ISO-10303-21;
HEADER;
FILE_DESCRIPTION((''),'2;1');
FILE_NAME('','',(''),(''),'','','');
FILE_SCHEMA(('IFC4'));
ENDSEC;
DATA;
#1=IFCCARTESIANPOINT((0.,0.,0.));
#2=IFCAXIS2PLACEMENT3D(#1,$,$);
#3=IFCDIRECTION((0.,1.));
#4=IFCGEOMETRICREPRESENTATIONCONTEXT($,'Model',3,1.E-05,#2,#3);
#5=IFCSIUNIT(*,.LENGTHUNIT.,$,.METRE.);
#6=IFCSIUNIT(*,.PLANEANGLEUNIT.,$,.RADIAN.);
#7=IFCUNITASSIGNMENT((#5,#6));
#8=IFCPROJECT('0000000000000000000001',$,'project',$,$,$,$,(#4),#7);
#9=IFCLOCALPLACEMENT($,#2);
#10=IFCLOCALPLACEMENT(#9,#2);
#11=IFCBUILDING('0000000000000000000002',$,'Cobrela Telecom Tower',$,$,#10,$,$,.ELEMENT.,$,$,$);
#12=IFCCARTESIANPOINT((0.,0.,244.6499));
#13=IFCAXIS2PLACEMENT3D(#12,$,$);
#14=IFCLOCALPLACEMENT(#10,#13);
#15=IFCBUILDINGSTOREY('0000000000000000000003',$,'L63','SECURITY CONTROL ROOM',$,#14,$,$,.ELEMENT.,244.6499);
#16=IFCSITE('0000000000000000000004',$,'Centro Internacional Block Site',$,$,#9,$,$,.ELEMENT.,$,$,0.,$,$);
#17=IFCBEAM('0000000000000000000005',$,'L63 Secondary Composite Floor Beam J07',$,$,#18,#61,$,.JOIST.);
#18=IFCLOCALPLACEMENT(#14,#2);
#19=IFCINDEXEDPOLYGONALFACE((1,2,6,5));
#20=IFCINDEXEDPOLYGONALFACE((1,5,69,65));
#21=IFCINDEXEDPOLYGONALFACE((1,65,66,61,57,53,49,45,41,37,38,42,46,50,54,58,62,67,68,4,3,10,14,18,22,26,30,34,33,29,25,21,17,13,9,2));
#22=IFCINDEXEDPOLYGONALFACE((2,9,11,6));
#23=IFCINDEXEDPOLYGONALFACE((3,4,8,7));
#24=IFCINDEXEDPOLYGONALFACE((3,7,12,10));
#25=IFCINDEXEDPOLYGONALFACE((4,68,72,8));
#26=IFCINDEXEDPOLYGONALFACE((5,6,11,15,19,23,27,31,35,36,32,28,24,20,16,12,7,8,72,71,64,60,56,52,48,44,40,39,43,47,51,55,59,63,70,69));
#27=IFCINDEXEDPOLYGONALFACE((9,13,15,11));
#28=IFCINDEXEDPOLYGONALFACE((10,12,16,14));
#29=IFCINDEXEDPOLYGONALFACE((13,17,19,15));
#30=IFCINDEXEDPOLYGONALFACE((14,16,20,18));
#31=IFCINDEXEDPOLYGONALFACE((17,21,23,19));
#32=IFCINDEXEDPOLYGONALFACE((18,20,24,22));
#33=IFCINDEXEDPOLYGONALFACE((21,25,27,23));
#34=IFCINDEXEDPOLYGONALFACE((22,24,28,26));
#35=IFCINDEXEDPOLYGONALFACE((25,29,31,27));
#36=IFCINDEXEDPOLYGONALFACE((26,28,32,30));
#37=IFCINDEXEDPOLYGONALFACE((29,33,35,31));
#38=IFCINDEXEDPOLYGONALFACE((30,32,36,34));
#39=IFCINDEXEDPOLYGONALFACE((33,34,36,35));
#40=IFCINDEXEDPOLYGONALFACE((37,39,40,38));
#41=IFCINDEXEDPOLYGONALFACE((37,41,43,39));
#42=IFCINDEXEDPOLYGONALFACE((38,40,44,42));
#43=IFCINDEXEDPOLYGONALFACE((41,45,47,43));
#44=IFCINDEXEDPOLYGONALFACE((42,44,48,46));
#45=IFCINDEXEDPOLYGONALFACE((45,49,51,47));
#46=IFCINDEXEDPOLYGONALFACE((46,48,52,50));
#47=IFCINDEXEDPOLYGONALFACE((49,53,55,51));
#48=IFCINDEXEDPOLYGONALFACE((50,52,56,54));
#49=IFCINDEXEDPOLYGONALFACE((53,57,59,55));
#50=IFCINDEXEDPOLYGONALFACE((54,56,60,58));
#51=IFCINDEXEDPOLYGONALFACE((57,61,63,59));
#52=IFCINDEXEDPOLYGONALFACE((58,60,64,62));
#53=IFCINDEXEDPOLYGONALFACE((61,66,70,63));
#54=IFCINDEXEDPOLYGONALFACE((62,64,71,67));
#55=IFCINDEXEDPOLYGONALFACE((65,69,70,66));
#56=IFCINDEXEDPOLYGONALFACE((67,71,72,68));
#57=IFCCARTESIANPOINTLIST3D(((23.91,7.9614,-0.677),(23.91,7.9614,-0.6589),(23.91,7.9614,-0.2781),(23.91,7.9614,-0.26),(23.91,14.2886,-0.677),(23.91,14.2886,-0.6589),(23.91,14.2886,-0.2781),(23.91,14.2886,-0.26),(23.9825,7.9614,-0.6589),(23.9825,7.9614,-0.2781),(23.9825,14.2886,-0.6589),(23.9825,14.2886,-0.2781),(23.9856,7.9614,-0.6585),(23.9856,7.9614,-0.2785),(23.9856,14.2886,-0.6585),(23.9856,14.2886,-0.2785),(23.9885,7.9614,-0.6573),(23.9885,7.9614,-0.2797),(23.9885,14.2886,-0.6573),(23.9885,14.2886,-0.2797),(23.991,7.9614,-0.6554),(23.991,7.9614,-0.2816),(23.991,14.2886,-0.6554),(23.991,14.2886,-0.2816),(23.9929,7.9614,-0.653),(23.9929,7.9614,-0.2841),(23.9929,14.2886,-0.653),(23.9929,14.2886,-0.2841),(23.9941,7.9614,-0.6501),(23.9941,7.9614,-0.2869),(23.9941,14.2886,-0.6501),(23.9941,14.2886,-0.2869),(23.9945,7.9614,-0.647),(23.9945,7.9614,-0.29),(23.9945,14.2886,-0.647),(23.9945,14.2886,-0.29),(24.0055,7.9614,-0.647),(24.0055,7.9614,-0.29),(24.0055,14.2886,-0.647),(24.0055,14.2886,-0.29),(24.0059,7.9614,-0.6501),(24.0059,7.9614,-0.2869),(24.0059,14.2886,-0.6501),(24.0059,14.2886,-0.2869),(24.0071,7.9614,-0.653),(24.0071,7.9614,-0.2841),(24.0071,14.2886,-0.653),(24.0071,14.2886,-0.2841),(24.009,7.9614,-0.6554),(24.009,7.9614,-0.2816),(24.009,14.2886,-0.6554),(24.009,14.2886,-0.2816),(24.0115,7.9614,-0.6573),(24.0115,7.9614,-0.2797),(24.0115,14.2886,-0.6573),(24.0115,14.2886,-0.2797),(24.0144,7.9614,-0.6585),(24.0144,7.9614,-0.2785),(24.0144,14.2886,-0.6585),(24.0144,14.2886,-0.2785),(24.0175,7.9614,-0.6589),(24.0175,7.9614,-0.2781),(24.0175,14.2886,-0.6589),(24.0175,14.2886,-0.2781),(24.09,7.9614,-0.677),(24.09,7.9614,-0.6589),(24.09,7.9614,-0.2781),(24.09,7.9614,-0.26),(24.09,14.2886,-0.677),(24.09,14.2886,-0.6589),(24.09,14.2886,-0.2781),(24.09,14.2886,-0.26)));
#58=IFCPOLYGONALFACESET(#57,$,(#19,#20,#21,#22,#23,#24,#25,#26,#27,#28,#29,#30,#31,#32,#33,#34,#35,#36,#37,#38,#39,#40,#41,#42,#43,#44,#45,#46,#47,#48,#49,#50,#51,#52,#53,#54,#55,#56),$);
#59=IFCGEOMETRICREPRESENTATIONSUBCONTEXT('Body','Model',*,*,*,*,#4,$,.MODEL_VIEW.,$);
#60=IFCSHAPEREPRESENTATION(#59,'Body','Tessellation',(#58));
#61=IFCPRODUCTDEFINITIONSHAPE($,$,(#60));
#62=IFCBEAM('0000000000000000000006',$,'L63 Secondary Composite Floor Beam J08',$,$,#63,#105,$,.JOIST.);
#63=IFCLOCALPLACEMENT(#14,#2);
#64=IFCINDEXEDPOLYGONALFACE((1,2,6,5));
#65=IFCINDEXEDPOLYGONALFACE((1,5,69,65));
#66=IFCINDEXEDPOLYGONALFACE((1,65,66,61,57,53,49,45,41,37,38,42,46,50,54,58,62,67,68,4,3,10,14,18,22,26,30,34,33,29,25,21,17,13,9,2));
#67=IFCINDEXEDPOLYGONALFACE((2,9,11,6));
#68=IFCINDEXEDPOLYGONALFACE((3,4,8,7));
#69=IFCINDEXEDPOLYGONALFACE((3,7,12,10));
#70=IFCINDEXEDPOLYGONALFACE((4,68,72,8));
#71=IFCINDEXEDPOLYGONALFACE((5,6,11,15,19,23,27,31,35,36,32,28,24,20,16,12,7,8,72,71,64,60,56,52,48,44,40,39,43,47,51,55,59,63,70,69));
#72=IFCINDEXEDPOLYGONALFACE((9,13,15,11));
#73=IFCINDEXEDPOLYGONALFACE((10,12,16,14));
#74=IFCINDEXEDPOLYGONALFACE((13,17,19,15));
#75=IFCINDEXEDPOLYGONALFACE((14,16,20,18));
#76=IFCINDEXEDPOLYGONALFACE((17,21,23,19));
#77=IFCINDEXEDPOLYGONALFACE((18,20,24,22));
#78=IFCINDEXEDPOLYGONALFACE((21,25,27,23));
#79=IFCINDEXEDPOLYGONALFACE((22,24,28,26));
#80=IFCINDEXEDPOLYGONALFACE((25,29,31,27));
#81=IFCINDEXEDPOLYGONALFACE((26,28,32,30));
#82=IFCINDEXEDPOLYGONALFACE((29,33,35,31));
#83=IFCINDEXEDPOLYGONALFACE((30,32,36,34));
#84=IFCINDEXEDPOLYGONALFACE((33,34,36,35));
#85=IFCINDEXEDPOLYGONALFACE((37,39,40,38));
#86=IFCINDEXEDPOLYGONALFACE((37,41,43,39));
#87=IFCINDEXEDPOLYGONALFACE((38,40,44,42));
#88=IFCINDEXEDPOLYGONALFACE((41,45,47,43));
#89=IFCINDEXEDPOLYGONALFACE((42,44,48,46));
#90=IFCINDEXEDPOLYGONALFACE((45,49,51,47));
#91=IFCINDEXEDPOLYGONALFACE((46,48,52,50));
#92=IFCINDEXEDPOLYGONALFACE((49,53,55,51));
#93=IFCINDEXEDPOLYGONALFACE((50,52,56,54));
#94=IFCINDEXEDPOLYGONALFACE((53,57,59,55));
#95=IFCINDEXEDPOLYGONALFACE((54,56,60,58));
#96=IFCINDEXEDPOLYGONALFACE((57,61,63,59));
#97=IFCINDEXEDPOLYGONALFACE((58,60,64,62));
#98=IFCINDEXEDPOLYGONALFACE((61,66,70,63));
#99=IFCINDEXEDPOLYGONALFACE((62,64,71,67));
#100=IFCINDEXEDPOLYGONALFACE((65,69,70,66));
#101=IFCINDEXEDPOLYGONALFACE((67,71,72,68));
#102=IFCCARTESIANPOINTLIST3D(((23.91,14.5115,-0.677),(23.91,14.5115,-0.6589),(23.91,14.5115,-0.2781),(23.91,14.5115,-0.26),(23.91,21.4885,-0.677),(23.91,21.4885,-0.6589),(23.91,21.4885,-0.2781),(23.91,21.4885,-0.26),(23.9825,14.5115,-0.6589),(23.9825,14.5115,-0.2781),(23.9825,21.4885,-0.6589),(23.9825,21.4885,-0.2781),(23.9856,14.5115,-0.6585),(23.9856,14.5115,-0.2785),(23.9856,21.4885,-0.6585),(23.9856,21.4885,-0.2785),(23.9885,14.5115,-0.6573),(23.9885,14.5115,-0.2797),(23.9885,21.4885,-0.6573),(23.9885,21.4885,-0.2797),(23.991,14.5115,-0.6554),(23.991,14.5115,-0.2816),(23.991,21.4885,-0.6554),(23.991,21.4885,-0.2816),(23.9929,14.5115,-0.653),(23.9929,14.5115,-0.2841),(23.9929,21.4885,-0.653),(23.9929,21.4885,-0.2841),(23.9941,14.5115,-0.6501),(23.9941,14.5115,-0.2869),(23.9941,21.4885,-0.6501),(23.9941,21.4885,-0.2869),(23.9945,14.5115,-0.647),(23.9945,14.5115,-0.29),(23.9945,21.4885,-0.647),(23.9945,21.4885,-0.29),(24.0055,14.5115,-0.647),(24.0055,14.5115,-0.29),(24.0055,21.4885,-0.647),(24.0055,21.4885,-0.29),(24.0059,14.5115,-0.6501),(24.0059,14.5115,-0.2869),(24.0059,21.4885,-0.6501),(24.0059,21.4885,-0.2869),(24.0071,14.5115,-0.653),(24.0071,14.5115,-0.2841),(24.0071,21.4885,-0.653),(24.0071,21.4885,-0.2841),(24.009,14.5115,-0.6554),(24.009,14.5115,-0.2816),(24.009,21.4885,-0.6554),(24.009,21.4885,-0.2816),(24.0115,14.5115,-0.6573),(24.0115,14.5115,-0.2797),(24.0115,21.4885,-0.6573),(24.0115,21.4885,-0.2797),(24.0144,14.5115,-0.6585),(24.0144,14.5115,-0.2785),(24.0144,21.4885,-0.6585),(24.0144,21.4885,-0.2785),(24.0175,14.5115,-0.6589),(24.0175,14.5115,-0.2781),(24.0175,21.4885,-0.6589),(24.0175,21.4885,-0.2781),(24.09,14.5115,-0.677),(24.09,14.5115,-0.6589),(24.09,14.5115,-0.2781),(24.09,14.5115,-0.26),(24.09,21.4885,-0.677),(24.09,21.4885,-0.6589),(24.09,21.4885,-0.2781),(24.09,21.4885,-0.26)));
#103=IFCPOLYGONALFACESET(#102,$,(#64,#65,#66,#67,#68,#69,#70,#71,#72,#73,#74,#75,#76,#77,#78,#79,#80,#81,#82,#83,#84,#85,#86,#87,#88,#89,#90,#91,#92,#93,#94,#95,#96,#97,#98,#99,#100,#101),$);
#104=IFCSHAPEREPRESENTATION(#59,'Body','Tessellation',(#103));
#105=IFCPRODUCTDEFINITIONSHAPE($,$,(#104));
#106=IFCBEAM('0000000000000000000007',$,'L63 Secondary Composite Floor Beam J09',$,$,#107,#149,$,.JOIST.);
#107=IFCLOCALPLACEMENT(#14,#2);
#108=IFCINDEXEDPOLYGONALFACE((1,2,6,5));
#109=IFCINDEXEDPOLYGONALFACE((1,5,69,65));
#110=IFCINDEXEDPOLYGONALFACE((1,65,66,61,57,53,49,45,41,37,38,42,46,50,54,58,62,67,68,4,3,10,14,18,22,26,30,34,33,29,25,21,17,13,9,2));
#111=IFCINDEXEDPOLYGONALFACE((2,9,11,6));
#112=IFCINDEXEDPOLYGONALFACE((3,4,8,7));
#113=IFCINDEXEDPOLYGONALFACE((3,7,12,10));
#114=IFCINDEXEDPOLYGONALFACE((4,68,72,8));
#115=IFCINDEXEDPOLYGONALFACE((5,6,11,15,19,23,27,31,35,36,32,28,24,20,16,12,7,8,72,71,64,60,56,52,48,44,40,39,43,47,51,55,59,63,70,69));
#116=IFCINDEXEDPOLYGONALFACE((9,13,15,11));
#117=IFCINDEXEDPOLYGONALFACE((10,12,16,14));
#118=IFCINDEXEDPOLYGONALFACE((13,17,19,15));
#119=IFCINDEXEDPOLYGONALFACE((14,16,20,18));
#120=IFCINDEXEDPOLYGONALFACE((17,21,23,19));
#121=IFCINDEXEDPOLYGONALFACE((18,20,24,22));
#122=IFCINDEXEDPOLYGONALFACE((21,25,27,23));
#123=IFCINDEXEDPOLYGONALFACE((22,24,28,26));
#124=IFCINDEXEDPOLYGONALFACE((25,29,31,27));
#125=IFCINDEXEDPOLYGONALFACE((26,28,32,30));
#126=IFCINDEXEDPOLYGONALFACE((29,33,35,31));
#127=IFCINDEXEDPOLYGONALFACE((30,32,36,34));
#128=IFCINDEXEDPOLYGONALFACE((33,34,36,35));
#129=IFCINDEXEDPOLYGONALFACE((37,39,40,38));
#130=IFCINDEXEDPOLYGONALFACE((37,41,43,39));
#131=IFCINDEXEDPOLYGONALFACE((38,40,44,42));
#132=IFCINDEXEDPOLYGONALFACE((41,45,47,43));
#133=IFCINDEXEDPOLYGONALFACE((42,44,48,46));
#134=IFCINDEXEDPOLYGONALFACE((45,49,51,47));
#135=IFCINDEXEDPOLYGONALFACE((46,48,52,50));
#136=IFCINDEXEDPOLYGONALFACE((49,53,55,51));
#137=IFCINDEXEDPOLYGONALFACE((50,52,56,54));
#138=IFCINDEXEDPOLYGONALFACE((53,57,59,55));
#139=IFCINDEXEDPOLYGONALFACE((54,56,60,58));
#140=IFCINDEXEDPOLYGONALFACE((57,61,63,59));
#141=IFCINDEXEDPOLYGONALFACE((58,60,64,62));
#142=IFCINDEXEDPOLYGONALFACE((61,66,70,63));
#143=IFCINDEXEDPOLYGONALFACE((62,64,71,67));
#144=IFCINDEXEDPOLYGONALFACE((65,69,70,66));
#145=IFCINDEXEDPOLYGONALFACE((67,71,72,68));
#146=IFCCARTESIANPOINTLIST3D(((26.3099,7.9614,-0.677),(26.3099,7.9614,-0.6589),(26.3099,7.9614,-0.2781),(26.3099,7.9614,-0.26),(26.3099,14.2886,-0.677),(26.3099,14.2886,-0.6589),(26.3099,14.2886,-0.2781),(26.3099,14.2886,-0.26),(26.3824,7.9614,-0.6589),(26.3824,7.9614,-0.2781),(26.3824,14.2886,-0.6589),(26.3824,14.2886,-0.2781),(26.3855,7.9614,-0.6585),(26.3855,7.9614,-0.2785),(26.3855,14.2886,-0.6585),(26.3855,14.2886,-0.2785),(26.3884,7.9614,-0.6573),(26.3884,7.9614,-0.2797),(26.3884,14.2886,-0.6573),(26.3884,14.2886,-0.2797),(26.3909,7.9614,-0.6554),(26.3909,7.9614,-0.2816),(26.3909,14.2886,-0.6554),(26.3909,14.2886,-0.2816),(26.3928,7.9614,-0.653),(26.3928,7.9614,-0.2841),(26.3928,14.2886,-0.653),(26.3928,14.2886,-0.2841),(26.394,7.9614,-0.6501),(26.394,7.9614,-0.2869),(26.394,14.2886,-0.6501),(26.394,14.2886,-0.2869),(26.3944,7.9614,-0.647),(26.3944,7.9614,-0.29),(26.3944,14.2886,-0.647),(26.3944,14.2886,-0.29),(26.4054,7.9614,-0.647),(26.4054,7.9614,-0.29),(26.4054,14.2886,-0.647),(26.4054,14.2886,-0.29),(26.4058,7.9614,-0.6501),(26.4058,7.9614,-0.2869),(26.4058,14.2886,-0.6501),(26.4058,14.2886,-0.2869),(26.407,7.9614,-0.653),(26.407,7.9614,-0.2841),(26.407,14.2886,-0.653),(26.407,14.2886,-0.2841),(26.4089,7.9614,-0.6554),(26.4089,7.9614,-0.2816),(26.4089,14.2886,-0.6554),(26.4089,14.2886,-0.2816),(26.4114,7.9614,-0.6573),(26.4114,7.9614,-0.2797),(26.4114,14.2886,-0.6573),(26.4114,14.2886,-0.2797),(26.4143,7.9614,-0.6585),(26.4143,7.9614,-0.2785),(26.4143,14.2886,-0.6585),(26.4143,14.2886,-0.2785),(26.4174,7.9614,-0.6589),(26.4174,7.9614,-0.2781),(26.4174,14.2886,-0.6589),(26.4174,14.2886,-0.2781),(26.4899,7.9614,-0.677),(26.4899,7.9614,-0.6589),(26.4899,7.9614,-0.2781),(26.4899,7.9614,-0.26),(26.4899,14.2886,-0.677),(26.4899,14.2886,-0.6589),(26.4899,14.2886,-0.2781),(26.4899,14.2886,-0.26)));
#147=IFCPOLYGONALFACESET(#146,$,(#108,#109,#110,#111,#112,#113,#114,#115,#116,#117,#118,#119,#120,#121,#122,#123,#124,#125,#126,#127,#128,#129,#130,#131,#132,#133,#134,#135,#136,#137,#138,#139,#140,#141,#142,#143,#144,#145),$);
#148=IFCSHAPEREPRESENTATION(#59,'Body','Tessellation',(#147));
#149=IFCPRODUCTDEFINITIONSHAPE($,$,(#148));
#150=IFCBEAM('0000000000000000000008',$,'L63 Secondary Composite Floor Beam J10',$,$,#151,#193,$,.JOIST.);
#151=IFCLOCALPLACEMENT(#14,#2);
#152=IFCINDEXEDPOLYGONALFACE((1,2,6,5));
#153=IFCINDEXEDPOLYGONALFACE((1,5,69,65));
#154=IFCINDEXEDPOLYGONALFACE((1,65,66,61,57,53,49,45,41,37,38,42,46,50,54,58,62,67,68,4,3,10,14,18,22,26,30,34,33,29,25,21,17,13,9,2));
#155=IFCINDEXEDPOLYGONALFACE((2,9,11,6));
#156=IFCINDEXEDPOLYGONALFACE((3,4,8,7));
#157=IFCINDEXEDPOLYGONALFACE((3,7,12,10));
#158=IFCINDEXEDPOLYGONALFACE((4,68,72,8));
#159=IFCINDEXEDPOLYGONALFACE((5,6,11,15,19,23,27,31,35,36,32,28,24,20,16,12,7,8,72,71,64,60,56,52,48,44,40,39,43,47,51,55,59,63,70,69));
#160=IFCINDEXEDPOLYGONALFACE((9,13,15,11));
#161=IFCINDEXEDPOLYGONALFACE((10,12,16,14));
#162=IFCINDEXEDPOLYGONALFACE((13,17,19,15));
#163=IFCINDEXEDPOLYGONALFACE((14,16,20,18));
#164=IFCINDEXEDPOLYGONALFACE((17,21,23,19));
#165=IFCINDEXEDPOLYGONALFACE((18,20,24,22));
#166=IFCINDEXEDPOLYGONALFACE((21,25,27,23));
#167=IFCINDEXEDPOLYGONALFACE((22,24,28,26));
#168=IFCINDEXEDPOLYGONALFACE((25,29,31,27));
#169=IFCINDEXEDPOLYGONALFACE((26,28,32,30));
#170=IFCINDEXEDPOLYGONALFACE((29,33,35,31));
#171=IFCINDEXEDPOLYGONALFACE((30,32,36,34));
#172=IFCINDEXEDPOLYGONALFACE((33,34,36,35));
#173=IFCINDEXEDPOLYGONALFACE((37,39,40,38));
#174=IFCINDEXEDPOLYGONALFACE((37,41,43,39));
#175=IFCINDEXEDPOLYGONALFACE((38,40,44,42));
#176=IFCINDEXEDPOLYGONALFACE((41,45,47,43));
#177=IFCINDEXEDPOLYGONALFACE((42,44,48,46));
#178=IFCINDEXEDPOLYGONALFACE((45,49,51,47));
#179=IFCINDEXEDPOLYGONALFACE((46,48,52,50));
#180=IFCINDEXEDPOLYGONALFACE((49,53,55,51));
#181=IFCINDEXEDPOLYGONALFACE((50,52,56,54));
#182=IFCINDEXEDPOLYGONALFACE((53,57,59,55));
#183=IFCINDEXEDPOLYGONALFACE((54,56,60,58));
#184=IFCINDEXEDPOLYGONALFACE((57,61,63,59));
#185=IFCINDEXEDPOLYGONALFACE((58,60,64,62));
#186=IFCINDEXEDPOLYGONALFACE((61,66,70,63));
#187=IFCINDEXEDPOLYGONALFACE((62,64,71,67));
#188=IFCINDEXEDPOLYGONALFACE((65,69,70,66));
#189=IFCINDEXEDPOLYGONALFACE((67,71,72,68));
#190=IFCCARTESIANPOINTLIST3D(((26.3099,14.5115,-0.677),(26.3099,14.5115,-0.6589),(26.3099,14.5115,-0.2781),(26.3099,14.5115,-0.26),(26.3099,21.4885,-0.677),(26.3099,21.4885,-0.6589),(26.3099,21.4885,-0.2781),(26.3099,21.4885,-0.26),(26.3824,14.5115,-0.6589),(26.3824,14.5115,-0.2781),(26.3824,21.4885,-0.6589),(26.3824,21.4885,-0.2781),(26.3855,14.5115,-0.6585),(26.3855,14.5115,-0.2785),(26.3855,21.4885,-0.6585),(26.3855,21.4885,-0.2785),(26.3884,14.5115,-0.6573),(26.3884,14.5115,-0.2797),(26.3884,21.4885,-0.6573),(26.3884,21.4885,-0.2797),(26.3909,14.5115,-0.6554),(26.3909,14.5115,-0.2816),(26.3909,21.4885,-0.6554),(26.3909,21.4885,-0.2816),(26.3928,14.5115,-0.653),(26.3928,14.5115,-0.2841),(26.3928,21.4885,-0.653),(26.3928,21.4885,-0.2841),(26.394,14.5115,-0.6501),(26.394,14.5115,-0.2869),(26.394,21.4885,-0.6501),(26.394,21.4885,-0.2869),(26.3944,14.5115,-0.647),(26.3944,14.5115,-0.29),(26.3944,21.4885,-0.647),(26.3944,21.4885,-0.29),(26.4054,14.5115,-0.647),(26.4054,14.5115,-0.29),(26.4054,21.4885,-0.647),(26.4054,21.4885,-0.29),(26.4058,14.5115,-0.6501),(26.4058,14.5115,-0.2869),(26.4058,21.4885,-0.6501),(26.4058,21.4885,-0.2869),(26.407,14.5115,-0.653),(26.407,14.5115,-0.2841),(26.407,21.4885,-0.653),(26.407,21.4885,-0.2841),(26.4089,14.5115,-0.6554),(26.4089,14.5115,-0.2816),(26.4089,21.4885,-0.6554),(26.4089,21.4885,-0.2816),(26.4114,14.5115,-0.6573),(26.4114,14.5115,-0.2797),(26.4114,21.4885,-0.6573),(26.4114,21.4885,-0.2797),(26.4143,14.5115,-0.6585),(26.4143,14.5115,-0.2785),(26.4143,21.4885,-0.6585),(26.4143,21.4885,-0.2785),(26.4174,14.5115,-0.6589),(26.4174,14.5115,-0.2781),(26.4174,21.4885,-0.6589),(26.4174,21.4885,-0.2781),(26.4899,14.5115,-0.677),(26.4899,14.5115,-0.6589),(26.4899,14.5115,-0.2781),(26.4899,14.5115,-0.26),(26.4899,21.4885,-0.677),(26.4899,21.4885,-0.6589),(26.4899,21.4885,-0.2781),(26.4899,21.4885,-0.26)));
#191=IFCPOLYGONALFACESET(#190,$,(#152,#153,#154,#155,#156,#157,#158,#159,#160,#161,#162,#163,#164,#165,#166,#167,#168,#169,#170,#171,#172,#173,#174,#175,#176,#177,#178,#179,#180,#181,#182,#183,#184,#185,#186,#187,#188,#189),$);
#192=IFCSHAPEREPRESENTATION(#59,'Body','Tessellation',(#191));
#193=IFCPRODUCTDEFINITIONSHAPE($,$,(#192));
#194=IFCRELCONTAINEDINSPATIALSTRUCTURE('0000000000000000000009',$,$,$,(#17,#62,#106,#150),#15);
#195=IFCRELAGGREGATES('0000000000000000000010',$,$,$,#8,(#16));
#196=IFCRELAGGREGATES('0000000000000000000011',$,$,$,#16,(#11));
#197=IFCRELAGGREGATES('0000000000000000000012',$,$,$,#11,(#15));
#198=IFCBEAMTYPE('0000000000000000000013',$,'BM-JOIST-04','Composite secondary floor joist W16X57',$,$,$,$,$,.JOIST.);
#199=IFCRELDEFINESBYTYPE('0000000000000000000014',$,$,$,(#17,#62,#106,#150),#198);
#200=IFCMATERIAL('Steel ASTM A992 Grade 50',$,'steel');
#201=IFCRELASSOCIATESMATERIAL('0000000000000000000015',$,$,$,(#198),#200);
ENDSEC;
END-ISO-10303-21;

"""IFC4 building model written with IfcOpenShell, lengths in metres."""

from ifc_helpers import new_model, si_unit, direction, frame, origin, origin_2d, place, context, subcontext, project, spatial, i_section, extrude, material, material_profile, profile_set, type_object, element, save


model = new_model("IFC4")

# Units and contexts
model_context = context("Model", 3, precision=1e-05, world=origin(), true_north=direction((0.0, 1.0)))
body_context = subcontext(model_context, "Body", "Model", "MODEL_VIEW")
ifc_project = project(units=[si_unit("LENGTHUNIT", "METRE"), si_unit("PLANEANGLEUNIT", "RADIAN")], contexts=[model_context])

# Site, building, storey
site_placement = place(None, origin())
site = spatial("IfcSite", under=ifc_project, at=site_placement, Name="Centro Internacional Block Site", CompositionType="ELEMENT", RefElevation=0.0)
building_placement = place(site_placement, origin())
building = spatial("IfcBuilding", under=site, at=building_placement, Name="Cobrela Telecom Tower", CompositionType="ELEMENT")
storey_placement = place(building_placement, frame((0.0, 0.0, 244.6499)))
storey = spatial("IfcBuildingStorey", under=building, at=storey_placement, Name="L63", Description="SECURITY CONTROL ROOM", CompositionType="ELEMENT", Elevation=244.6499)

# Shared definitions
ifc_material_1 = material(Name="Steel ASTM A992 Grade 50", Category="steel")

# Beams
ifc_material_profile_1 = material_profile(ifc_material_1, i_section(OverallWidth=0.1799, OverallDepth=0.417, WebThickness=0.011, FlangeThickness=0.0181, FilletRadius=0.012, at=origin_2d()), Name="W16X57")
ifc_profile_set_1 = profile_set([ifc_material_profile_1], Name="Steel ASTM A992 Grade 50")
beam_type_1 = type_object("IfcBeamType", Name="BM-JOIST-04", Description="Composite secondary floor joist W16X57", PredefinedType="JOIST", material=ifc_profile_set_1)
beam_1_placement = place(storey_placement, frame((24.0, 7.9614, -0.4685), z_axis=(0.0, 1.0, 0.0), x_axis=(-1.0, 0.0, 0.0)))
element("IfcBeam", 1, at=beam_1_placement, inside=storey, type_object=beam_type_1, Name="L63 Secondary Composite Floor Beam J07", PredefinedType="JOIST", context=body_context, shape_type="SweptSolid", body=[
    extrude(i_section(OverallWidth=0.1799, OverallDepth=0.417, WebThickness=0.011, FlangeThickness=0.0181, FilletRadius=0.012, at=origin_2d()), origin(), (0.0, 0.0, 1.0), 6.3271),
])
beam_2_placement = place(storey_placement, frame((24.0, 14.5115, -0.4685), z_axis=(0.0, 1.0, 0.0), x_axis=(-1.0, 0.0, 0.0)))
element("IfcBeam", 2, at=beam_2_placement, inside=storey, type_object=beam_type_1, Name="L63 Secondary Composite Floor Beam J08", PredefinedType="JOIST", context=body_context, shape_type="SweptSolid", body=[
    extrude(i_section(OverallWidth=0.1799, OverallDepth=0.417, WebThickness=0.011, FlangeThickness=0.0181, FilletRadius=0.012, at=origin_2d()), origin(), (0.0, 0.0, 1.0), 6.9771),
])
beam_3_placement = place(storey_placement, frame((26.3999, 7.9614, -0.4685), z_axis=(0.0, 1.0, 0.0), x_axis=(-1.0, 0.0, 0.0)))
element("IfcBeam", 3, at=beam_3_placement, inside=storey, type_object=beam_type_1, Name="L63 Secondary Composite Floor Beam J09", PredefinedType="JOIST", context=body_context, shape_type="SweptSolid", body=[
    extrude(i_section(OverallWidth=0.1799, OverallDepth=0.417, WebThickness=0.011, FlangeThickness=0.0181, FilletRadius=0.012, at=origin_2d()), origin(), (0.0, 0.0, 1.0), 6.3271),
])
beam_4_placement = place(storey_placement, frame((26.3999, 14.5115, -0.4685), z_axis=(0.0, 1.0, 0.0), x_axis=(-1.0, 0.0, 0.0)))
element("IfcBeam", 4, at=beam_4_placement, inside=storey, type_object=beam_type_1, Name="L63 Secondary Composite Floor Beam J10", PredefinedType="JOIST", context=body_context, shape_type="SweptSolid", body=[
    extrude(i_section(OverallWidth=0.1799, OverallDepth=0.417, WebThickness=0.011, FlangeThickness=0.0181, FilletRadius=0.012, at=origin_2d()), origin(), (0.0, 0.0, 1.0), 6.9771),
])

save(model, "model.ifc")
